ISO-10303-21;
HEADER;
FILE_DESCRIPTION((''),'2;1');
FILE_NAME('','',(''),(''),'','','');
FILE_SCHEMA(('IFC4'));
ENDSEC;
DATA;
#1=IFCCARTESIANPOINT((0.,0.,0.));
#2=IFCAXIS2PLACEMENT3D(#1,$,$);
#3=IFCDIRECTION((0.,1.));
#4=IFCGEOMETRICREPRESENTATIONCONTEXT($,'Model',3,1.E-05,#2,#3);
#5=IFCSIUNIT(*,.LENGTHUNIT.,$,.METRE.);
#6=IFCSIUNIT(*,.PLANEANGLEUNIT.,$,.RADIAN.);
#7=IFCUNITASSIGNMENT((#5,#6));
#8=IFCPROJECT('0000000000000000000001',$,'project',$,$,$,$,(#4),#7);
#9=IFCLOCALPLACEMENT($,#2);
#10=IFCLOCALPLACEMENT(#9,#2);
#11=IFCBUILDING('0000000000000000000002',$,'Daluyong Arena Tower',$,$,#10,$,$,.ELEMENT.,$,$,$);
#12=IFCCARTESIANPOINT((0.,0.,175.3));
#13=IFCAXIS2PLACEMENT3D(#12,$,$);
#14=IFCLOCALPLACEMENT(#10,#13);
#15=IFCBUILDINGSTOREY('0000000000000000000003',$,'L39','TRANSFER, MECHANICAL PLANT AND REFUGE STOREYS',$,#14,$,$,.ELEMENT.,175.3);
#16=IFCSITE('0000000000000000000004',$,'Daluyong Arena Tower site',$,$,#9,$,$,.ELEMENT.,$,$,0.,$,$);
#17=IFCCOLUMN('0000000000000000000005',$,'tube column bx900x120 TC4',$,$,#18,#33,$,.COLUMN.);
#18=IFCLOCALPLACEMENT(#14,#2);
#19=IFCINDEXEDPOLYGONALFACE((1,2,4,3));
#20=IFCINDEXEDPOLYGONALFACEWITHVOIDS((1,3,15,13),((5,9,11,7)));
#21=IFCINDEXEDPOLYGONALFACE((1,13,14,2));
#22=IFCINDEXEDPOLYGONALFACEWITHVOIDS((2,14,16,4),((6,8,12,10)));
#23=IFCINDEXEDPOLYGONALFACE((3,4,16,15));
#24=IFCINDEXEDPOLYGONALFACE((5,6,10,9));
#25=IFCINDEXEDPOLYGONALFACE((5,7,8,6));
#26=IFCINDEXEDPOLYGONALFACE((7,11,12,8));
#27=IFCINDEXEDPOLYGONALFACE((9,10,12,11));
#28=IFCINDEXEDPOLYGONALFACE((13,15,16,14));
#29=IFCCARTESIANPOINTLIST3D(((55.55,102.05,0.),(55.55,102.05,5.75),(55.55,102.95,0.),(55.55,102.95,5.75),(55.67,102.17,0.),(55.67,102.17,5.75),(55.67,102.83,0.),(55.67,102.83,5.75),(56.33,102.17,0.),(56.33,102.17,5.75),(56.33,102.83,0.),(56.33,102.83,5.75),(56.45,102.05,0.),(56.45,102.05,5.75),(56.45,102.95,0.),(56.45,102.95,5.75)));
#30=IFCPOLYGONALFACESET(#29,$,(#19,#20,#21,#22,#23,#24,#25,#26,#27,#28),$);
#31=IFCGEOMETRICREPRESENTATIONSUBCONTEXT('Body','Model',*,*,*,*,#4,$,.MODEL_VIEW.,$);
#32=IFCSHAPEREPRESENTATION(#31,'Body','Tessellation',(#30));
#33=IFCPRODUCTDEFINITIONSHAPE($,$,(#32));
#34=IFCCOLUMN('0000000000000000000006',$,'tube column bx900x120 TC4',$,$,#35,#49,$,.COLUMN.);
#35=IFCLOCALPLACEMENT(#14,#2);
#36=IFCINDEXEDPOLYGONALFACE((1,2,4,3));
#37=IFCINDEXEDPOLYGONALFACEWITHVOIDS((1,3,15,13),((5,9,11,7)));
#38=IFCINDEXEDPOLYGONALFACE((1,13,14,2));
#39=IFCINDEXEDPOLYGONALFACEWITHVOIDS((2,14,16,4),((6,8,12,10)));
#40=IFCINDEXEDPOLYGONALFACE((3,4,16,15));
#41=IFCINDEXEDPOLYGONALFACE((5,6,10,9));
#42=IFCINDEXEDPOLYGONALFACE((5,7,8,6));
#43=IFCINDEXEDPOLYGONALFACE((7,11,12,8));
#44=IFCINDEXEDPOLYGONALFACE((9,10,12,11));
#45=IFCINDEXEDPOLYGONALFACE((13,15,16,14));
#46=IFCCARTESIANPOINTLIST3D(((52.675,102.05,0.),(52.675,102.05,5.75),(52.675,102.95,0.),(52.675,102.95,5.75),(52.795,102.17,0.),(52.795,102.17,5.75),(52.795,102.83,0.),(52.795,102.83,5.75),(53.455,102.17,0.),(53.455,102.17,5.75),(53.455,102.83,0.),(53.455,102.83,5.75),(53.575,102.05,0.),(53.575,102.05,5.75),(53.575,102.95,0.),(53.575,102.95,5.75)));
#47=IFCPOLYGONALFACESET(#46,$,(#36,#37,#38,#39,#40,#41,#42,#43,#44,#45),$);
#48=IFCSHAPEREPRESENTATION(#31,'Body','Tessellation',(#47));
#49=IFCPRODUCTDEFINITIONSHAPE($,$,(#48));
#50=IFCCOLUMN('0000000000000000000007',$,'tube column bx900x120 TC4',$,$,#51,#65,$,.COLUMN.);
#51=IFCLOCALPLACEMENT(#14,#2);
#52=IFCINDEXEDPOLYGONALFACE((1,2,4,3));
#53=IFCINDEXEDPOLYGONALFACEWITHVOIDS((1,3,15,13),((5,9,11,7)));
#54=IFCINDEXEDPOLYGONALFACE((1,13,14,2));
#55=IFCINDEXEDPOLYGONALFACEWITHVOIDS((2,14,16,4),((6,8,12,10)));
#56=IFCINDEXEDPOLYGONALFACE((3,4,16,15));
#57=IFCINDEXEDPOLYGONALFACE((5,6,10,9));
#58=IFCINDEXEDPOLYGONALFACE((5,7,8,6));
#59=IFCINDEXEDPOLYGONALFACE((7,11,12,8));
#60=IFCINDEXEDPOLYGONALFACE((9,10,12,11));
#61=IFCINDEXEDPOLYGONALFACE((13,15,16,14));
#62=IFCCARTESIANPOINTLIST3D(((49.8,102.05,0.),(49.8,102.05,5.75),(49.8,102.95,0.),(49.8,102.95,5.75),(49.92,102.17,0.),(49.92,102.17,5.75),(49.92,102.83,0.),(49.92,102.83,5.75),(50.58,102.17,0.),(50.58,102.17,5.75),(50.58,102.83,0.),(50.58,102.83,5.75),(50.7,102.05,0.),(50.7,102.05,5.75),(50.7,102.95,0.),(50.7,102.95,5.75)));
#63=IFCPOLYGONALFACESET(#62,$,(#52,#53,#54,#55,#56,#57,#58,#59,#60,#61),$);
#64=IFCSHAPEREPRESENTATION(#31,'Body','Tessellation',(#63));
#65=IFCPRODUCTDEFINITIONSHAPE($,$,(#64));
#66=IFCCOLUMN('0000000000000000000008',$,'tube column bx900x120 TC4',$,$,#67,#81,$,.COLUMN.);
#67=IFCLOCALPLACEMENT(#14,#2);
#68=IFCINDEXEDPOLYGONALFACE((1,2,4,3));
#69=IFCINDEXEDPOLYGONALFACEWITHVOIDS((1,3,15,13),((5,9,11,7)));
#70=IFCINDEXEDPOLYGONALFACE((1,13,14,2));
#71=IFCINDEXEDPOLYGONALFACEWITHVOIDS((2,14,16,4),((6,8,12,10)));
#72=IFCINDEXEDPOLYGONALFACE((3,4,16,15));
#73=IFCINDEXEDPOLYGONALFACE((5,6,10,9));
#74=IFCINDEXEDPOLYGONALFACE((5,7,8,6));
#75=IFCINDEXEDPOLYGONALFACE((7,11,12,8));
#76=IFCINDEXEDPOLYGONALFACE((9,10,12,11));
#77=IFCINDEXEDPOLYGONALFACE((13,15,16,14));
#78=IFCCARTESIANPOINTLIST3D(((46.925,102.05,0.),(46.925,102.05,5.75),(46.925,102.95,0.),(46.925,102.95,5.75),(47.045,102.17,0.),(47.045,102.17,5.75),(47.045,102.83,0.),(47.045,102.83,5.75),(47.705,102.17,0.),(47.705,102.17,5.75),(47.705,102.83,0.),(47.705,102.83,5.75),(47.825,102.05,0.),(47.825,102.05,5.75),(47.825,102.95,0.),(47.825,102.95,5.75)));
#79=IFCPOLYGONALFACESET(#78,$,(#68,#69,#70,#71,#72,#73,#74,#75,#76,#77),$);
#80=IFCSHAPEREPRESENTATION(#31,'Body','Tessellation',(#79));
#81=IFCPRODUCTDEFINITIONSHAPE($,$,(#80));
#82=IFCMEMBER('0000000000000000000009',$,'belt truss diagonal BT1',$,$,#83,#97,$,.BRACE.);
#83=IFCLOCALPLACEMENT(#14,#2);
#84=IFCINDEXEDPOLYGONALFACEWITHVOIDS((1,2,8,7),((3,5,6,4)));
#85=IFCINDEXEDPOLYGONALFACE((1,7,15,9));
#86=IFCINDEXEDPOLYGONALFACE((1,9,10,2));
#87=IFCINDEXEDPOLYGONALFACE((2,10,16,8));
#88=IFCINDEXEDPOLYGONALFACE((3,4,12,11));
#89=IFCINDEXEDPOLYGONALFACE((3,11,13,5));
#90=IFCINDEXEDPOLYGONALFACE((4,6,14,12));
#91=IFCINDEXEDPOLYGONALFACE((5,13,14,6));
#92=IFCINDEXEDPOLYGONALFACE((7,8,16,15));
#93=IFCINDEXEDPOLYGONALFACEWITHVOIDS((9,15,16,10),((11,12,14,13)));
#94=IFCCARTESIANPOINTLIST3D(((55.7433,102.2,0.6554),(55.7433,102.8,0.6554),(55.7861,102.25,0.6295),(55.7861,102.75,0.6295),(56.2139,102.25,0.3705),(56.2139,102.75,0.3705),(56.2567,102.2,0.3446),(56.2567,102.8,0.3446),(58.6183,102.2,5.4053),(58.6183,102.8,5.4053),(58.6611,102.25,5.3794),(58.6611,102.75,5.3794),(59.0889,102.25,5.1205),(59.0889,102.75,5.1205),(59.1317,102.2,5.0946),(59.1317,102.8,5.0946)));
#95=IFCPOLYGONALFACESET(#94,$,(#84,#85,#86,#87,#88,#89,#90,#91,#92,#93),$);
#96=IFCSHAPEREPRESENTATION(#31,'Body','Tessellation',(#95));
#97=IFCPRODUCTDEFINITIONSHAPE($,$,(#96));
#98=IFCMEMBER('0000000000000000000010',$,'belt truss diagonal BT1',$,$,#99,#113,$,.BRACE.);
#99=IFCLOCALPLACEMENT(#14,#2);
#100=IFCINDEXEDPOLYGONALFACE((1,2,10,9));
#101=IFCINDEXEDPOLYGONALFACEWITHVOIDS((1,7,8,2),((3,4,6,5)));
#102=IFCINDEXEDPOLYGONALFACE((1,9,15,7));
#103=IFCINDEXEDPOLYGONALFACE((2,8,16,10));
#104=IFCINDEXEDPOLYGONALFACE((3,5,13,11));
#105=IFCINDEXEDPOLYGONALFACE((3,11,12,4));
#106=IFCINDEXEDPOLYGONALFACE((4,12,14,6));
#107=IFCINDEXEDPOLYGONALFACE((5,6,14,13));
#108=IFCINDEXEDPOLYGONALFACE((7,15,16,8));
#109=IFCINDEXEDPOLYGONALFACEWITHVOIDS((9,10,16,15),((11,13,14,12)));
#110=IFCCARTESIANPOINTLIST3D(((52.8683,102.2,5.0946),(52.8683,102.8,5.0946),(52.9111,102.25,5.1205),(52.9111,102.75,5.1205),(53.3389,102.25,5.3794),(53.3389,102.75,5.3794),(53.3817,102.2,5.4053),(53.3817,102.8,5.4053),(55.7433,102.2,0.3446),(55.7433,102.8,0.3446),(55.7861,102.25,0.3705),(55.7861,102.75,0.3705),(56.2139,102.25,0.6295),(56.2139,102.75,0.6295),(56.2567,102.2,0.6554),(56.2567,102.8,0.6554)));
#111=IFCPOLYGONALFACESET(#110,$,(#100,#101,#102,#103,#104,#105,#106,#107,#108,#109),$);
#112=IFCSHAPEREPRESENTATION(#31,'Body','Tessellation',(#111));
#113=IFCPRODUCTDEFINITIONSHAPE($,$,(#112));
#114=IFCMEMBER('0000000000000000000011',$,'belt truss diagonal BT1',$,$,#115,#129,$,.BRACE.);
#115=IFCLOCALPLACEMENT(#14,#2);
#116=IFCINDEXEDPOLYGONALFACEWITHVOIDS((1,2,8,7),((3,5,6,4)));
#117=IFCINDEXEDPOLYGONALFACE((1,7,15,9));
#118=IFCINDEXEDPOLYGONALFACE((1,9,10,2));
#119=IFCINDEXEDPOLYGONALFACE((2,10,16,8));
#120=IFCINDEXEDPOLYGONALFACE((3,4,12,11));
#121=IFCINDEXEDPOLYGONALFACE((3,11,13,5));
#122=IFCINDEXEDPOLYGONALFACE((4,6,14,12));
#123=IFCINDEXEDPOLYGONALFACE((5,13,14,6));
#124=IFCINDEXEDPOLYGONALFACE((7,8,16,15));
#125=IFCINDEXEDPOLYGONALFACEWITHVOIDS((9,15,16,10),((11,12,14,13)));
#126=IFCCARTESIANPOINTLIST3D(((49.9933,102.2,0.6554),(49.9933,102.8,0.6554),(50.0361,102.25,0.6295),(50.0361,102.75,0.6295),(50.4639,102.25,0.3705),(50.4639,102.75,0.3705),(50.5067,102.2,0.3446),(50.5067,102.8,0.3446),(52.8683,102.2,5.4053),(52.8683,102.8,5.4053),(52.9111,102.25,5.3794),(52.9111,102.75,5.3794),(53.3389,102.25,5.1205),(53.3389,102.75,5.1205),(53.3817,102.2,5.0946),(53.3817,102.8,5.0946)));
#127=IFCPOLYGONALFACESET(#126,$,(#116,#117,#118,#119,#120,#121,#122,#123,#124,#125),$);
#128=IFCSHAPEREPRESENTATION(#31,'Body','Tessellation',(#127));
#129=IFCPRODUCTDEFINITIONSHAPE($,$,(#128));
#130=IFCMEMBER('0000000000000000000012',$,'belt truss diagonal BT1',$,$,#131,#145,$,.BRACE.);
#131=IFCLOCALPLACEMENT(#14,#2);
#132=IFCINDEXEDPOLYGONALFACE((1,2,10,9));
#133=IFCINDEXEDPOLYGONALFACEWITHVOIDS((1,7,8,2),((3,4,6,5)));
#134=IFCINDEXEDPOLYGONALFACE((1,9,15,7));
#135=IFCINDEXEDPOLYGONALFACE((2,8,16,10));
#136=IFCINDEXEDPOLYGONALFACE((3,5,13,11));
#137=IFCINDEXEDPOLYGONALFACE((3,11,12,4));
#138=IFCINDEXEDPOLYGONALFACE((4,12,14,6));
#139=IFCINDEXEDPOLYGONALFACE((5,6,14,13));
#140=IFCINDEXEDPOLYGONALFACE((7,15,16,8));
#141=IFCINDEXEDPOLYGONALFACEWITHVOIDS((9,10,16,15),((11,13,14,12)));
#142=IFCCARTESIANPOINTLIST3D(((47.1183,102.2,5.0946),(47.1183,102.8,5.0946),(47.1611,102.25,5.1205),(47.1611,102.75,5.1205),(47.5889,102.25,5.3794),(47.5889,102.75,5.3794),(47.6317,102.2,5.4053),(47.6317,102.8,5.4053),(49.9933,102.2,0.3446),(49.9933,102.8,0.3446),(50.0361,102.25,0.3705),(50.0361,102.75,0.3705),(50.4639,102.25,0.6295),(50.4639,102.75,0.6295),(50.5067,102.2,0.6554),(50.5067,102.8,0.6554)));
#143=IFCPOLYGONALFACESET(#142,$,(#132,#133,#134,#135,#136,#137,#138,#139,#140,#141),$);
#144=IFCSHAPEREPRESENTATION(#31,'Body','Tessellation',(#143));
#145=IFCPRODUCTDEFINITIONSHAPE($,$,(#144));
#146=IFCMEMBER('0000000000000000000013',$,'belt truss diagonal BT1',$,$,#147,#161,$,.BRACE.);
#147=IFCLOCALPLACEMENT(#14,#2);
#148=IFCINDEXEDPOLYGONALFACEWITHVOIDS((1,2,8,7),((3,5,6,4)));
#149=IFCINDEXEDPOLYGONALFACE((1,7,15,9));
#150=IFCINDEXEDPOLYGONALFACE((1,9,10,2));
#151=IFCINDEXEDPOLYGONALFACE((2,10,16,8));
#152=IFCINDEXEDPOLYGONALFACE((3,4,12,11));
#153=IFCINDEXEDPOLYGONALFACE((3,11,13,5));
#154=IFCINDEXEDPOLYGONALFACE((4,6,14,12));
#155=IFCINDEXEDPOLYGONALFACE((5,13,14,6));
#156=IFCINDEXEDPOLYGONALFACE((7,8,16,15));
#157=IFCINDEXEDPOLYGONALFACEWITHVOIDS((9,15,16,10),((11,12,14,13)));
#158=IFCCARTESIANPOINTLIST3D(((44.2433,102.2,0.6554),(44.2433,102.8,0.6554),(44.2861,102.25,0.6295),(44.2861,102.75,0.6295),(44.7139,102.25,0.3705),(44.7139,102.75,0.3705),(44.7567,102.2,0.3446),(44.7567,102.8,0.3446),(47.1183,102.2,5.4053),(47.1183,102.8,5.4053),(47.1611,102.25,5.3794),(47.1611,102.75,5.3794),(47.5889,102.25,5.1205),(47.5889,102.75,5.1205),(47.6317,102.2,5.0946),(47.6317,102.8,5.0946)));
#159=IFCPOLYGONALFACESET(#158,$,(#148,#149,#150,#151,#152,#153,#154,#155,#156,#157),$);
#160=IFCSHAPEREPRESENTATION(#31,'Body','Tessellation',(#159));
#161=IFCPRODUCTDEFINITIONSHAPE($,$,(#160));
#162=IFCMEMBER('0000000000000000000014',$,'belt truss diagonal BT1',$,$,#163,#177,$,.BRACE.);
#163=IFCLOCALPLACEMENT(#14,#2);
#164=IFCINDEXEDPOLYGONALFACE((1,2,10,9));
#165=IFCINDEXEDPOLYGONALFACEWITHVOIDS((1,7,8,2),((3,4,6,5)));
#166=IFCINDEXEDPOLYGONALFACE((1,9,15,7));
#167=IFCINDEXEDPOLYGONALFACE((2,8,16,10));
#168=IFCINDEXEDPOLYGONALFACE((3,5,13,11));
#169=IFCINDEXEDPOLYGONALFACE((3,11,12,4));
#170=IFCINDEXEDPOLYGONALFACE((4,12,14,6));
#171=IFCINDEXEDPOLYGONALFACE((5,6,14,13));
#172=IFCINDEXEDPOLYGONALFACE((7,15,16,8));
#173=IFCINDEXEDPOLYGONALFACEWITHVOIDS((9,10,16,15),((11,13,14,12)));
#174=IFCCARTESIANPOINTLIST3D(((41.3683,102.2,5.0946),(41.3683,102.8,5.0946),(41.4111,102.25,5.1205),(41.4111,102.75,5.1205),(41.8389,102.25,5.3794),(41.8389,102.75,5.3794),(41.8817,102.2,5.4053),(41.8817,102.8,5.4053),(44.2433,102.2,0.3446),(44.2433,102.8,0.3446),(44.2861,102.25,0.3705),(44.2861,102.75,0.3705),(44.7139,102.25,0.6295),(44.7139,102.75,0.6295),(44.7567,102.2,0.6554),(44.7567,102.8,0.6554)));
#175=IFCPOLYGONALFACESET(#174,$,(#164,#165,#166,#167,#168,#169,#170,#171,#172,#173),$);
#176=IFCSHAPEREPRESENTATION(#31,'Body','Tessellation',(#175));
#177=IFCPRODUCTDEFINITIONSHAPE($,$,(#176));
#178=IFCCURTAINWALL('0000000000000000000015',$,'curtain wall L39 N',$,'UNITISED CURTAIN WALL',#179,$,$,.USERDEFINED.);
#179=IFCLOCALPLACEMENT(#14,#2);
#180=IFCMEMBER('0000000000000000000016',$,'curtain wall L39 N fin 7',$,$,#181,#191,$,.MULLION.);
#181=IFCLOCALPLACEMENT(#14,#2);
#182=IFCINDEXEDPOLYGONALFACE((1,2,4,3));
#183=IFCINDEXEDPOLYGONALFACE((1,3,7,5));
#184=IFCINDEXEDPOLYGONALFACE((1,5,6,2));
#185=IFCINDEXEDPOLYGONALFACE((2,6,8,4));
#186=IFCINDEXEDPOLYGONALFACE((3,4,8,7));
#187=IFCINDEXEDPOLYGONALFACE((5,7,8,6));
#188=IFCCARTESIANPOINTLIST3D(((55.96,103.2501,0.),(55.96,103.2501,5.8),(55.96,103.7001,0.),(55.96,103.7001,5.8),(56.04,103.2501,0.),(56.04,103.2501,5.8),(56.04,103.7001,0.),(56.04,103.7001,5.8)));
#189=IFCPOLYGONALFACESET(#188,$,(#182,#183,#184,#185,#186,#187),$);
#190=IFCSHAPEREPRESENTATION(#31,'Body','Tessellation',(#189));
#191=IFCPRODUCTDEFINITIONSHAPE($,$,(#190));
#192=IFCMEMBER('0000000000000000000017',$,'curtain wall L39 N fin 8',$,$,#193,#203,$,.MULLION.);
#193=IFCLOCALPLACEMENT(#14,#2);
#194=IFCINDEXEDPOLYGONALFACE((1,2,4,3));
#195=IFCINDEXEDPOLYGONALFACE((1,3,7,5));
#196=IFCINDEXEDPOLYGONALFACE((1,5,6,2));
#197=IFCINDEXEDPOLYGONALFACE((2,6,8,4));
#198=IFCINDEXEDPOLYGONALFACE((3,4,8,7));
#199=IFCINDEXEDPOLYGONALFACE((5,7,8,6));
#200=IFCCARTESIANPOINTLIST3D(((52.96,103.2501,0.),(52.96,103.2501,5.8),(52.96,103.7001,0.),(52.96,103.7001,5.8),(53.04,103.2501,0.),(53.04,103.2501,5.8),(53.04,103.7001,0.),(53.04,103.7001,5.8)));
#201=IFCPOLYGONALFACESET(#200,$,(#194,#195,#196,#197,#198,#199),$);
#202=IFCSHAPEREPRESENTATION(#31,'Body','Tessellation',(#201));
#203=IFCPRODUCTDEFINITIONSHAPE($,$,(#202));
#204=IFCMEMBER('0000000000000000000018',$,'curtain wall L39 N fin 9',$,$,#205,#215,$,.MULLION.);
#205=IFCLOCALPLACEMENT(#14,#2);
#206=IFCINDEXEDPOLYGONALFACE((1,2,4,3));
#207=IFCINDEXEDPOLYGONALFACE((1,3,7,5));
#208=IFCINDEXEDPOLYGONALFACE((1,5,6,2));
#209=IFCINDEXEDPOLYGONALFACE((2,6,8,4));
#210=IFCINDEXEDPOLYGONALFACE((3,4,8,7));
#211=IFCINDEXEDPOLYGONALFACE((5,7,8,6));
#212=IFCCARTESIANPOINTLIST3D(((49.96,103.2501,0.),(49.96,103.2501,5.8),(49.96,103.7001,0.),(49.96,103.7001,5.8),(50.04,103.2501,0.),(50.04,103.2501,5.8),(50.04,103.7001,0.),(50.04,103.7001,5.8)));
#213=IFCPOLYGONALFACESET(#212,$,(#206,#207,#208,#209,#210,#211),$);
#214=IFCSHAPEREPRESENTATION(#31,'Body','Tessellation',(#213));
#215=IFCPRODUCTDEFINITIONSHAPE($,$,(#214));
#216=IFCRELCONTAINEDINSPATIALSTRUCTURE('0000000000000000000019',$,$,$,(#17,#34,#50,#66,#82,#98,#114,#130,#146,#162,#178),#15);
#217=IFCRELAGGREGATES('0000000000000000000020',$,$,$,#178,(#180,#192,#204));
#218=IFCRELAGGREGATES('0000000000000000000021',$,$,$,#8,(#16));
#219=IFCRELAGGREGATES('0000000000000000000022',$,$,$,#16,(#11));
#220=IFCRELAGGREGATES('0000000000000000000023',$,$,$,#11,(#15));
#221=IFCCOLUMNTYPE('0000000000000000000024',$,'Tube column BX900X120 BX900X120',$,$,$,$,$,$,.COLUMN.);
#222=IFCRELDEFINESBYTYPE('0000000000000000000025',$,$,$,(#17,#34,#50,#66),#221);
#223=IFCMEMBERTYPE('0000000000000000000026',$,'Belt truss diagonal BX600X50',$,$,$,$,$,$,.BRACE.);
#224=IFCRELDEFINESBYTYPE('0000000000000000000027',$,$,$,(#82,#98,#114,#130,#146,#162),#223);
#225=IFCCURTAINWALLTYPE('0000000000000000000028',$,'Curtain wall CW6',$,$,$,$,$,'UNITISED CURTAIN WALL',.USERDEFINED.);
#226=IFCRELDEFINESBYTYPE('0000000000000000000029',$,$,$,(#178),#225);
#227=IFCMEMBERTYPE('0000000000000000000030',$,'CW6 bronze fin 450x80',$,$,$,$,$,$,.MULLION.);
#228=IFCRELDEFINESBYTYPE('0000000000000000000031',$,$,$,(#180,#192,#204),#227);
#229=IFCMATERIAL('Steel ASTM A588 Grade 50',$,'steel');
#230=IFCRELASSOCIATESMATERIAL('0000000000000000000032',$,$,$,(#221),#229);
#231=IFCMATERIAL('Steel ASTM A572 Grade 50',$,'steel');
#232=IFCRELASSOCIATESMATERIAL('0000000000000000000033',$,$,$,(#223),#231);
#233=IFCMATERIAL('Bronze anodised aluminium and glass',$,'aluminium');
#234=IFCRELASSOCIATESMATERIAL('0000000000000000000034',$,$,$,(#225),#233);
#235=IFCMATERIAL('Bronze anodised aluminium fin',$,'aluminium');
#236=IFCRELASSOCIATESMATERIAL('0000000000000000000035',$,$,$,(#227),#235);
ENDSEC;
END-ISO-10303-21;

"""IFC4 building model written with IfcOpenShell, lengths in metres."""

from ifc_helpers import new_model, si_unit, direction, frame, origin, origin_2d, place, context, subcontext, project, spatial, rectangle, hollow_rectangle, extrude, material, material_profile, profile_set, type_object, element, aggregate, save


model = new_model("IFC4")

# Units and contexts
model_context = context("Model", 3, precision=1e-05, world=origin(), true_north=direction((0.0, 1.0)))
body_context = subcontext(model_context, "Body", "Model", "MODEL_VIEW")
ifc_project = project(units=[si_unit("LENGTHUNIT", "METRE"), si_unit("PLANEANGLEUNIT", "RADIAN")], contexts=[model_context])

# Site, building, storey
site_placement = place(None, origin())
site = spatial("IfcSite", under=ifc_project, at=site_placement, Name="Daluyong Arena Tower site", CompositionType="ELEMENT", RefElevation=0.0)
building_placement = place(site_placement, origin())
building = spatial("IfcBuilding", under=site, at=building_placement, Name="Daluyong Arena Tower", CompositionType="ELEMENT")
storey_placement = place(building_placement, frame((0.0, 0.0, 175.3)))
storey = spatial("IfcBuildingStorey", under=building, at=storey_placement, Name="L39", Description="TRANSFER, MECHANICAL PLANT AND REFUGE STOREYS", CompositionType="ELEMENT", Elevation=175.3)

# Columns
ifc_material_1 = material(Name="Steel ASTM A588 Grade 50", Category="steel")
ifc_material_profile_1 = material_profile(ifc_material_1, hollow_rectangle(XDim=0.8999, YDim=0.8999, WallThickness=0.12, at=origin_2d()))
ifc_profile_set_1 = profile_set([ifc_material_profile_1], Name="Steel ASTM A588 Grade 50")
column_type = type_object("IfcColumnType", Name="Tube column BX900X120 BX900X120", PredefinedType="COLUMN", material=ifc_profile_set_1)
for number, where, z_axis, x_axis, name in (
    (1, (56.0, 102.5, 0.0), (0.0, 0.0, 1.0), (1.0, 0.0, 0.0), "tube column bx900x120 TC4"),
    (2, (53.125, 102.5, 0.0), (0.0, 0.0, 1.0), (1.0, 0.0, 0.0), "tube column bx900x120 TC4"),
    (3, (50.25, 102.5, 0.0), (0.0, 0.0, 1.0), (1.0, 0.0, 0.0), "tube column bx900x120 TC4"),
    (4, (47.375, 102.5, 0.0), (0.0, 0.0, 1.0), (1.0, 0.0, 0.0), "tube column bx900x120 TC4"),
):
    element("IfcColumn", number, at=place(storey_placement, frame(where, z_axis=z_axis, x_axis=x_axis)), inside=storey, type_object=column_type, Name=name, PredefinedType="COLUMN", context=body_context, shape_type="SweptSolid", body=[
        extrude(hollow_rectangle(XDim=0.8999, YDim=0.8999, WallThickness=0.12, at=origin_2d()), origin(), (0.0, 0.0, 1.0), 5.75),
    ])

# Members
ifc_material_2 = material(Name="Steel ASTM A572 Grade 50", Category="steel")
ifc_material_profile_2 = material_profile(ifc_material_2, hollow_rectangle(XDim=0.6001, YDim=0.6001, WallThickness=0.05, at=origin_2d()))
ifc_profile_set_2 = profile_set([ifc_material_profile_2], Name="Steel ASTM A572 Grade 50")
member_type_1 = type_object("IfcMemberType", Name="Belt truss diagonal BX600X50", PredefinedType="BRACE", material=ifc_profile_set_2)
for number, where, z_axis, x_axis, name in (
    (5, (56.0, 102.5, 0.5), (0.517803, 0.0, 0.8555), (0.0, 1.0, 0.0), "belt truss diagonal BT1"),
    (6, (56.0, 102.5, 0.5), (-0.517803, 0.0, 0.8555), (0.0, -1.0, 0.0), "belt truss diagonal BT1"),
    (7, (50.25, 102.5, 0.5), (0.517803, 0.0, 0.8555), (0.0, 1.0, 0.0), "belt truss diagonal BT1"),
    (8, (50.25, 102.5, 0.5), (-0.517803, 0.0, 0.8555), (0.0, -1.0, 0.0), "belt truss diagonal BT1"),
    (9, (44.5, 102.5, 0.5), (0.517803, 0.0, 0.8555), (0.0, 1.0, 0.0), "belt truss diagonal BT1"),
    (10, (44.5, 102.5, 0.5), (-0.517803, 0.0, 0.8555), (0.0, -1.0, 0.0), "belt truss diagonal BT1"),
):
    element("IfcMember", number, at=place(storey_placement, frame(where, z_axis=z_axis, x_axis=x_axis)), inside=storey, type_object=member_type_1, Name=name, PredefinedType="BRACE", context=body_context, shape_type="SweptSolid", body=[
        extrude(hollow_rectangle(XDim=0.6001, YDim=0.6001, WallThickness=0.05, at=origin_2d()), origin(), (0.0, 0.0, 1.0), 5.5522),
    ])

# Curtain wall, members
ifc_material_3 = material(Name="Bronze anodised aluminium and glass", Category="aluminium")
curtain_wall_type = type_object("IfcCurtainWallType", Name="Curtain wall CW6", ElementType="UNITISED CURTAIN WALL", PredefinedType="USERDEFINED", material=ifc_material_3)
curtain_wall_placement = place(storey_placement, origin())
curtain_wall = element("IfcCurtainWall", 11, at=curtain_wall_placement, inside=storey, type_object=curtain_wall_type, Name="curtain wall L39 N", ObjectType="UNITISED CURTAIN WALL", PredefinedType="USERDEFINED")
ifc_material_4 = material(Name="Bronze anodised aluminium fin", Category="aluminium")
ifc_material_profile_3 = material_profile(ifc_material_4, rectangle(XDim=0.45, YDim=0.0801, at=origin_2d()))
ifc_profile_set_3 = profile_set([ifc_material_profile_3], Name="Bronze anodised aluminium fin")
member_type_2 = type_object("IfcMemberType", Name="CW6 bronze fin 450x80", PredefinedType="MULLION", material=ifc_profile_set_3)
member_1_placement = place(storey_placement, frame((56.0, 103.4751, 0.0), z_axis=(0.0, 0.0, 1.0), x_axis=(0.0, -1.0, 0.0)))
member_1 = element("IfcMember", 12, at=member_1_placement, type_object=member_type_2, Name="curtain wall L39 N fin 7", PredefinedType="MULLION", context=body_context, shape_type="SweptSolid", body=[
    extrude(rectangle(XDim=0.45, YDim=0.0801, at=origin_2d()), origin(), (0.0, 0.0, 1.0), 5.8),
])
member_2_placement = place(storey_placement, frame((53.0, 103.4751, 0.0), z_axis=(0.0, 0.0, 1.0), x_axis=(0.0, -1.0, 0.0)))
member_2 = element("IfcMember", 13, at=member_2_placement, type_object=member_type_2, Name="curtain wall L39 N fin 8", PredefinedType="MULLION", context=body_context, shape_type="SweptSolid", body=[
    extrude(rectangle(XDim=0.45, YDim=0.0801, at=origin_2d()), origin(), (0.0, 0.0, 1.0), 5.8),
])
member_3_placement = place(storey_placement, frame((50.0, 103.4751, 0.0), z_axis=(0.0, 0.0, 1.0), x_axis=(0.0, -1.0, 0.0)))
member_3 = element("IfcMember", 14, at=member_3_placement, type_object=member_type_2, Name="curtain wall L39 N fin 9", PredefinedType="MULLION", context=body_context, shape_type="SweptSolid", body=[
    extrude(rectangle(XDim=0.45, YDim=0.0801, at=origin_2d()), origin(), (0.0, 0.0, 1.0), 5.8),
])

aggregate(curtain_wall, [member_1, member_2, member_3])

save(model, "model.ifc")
